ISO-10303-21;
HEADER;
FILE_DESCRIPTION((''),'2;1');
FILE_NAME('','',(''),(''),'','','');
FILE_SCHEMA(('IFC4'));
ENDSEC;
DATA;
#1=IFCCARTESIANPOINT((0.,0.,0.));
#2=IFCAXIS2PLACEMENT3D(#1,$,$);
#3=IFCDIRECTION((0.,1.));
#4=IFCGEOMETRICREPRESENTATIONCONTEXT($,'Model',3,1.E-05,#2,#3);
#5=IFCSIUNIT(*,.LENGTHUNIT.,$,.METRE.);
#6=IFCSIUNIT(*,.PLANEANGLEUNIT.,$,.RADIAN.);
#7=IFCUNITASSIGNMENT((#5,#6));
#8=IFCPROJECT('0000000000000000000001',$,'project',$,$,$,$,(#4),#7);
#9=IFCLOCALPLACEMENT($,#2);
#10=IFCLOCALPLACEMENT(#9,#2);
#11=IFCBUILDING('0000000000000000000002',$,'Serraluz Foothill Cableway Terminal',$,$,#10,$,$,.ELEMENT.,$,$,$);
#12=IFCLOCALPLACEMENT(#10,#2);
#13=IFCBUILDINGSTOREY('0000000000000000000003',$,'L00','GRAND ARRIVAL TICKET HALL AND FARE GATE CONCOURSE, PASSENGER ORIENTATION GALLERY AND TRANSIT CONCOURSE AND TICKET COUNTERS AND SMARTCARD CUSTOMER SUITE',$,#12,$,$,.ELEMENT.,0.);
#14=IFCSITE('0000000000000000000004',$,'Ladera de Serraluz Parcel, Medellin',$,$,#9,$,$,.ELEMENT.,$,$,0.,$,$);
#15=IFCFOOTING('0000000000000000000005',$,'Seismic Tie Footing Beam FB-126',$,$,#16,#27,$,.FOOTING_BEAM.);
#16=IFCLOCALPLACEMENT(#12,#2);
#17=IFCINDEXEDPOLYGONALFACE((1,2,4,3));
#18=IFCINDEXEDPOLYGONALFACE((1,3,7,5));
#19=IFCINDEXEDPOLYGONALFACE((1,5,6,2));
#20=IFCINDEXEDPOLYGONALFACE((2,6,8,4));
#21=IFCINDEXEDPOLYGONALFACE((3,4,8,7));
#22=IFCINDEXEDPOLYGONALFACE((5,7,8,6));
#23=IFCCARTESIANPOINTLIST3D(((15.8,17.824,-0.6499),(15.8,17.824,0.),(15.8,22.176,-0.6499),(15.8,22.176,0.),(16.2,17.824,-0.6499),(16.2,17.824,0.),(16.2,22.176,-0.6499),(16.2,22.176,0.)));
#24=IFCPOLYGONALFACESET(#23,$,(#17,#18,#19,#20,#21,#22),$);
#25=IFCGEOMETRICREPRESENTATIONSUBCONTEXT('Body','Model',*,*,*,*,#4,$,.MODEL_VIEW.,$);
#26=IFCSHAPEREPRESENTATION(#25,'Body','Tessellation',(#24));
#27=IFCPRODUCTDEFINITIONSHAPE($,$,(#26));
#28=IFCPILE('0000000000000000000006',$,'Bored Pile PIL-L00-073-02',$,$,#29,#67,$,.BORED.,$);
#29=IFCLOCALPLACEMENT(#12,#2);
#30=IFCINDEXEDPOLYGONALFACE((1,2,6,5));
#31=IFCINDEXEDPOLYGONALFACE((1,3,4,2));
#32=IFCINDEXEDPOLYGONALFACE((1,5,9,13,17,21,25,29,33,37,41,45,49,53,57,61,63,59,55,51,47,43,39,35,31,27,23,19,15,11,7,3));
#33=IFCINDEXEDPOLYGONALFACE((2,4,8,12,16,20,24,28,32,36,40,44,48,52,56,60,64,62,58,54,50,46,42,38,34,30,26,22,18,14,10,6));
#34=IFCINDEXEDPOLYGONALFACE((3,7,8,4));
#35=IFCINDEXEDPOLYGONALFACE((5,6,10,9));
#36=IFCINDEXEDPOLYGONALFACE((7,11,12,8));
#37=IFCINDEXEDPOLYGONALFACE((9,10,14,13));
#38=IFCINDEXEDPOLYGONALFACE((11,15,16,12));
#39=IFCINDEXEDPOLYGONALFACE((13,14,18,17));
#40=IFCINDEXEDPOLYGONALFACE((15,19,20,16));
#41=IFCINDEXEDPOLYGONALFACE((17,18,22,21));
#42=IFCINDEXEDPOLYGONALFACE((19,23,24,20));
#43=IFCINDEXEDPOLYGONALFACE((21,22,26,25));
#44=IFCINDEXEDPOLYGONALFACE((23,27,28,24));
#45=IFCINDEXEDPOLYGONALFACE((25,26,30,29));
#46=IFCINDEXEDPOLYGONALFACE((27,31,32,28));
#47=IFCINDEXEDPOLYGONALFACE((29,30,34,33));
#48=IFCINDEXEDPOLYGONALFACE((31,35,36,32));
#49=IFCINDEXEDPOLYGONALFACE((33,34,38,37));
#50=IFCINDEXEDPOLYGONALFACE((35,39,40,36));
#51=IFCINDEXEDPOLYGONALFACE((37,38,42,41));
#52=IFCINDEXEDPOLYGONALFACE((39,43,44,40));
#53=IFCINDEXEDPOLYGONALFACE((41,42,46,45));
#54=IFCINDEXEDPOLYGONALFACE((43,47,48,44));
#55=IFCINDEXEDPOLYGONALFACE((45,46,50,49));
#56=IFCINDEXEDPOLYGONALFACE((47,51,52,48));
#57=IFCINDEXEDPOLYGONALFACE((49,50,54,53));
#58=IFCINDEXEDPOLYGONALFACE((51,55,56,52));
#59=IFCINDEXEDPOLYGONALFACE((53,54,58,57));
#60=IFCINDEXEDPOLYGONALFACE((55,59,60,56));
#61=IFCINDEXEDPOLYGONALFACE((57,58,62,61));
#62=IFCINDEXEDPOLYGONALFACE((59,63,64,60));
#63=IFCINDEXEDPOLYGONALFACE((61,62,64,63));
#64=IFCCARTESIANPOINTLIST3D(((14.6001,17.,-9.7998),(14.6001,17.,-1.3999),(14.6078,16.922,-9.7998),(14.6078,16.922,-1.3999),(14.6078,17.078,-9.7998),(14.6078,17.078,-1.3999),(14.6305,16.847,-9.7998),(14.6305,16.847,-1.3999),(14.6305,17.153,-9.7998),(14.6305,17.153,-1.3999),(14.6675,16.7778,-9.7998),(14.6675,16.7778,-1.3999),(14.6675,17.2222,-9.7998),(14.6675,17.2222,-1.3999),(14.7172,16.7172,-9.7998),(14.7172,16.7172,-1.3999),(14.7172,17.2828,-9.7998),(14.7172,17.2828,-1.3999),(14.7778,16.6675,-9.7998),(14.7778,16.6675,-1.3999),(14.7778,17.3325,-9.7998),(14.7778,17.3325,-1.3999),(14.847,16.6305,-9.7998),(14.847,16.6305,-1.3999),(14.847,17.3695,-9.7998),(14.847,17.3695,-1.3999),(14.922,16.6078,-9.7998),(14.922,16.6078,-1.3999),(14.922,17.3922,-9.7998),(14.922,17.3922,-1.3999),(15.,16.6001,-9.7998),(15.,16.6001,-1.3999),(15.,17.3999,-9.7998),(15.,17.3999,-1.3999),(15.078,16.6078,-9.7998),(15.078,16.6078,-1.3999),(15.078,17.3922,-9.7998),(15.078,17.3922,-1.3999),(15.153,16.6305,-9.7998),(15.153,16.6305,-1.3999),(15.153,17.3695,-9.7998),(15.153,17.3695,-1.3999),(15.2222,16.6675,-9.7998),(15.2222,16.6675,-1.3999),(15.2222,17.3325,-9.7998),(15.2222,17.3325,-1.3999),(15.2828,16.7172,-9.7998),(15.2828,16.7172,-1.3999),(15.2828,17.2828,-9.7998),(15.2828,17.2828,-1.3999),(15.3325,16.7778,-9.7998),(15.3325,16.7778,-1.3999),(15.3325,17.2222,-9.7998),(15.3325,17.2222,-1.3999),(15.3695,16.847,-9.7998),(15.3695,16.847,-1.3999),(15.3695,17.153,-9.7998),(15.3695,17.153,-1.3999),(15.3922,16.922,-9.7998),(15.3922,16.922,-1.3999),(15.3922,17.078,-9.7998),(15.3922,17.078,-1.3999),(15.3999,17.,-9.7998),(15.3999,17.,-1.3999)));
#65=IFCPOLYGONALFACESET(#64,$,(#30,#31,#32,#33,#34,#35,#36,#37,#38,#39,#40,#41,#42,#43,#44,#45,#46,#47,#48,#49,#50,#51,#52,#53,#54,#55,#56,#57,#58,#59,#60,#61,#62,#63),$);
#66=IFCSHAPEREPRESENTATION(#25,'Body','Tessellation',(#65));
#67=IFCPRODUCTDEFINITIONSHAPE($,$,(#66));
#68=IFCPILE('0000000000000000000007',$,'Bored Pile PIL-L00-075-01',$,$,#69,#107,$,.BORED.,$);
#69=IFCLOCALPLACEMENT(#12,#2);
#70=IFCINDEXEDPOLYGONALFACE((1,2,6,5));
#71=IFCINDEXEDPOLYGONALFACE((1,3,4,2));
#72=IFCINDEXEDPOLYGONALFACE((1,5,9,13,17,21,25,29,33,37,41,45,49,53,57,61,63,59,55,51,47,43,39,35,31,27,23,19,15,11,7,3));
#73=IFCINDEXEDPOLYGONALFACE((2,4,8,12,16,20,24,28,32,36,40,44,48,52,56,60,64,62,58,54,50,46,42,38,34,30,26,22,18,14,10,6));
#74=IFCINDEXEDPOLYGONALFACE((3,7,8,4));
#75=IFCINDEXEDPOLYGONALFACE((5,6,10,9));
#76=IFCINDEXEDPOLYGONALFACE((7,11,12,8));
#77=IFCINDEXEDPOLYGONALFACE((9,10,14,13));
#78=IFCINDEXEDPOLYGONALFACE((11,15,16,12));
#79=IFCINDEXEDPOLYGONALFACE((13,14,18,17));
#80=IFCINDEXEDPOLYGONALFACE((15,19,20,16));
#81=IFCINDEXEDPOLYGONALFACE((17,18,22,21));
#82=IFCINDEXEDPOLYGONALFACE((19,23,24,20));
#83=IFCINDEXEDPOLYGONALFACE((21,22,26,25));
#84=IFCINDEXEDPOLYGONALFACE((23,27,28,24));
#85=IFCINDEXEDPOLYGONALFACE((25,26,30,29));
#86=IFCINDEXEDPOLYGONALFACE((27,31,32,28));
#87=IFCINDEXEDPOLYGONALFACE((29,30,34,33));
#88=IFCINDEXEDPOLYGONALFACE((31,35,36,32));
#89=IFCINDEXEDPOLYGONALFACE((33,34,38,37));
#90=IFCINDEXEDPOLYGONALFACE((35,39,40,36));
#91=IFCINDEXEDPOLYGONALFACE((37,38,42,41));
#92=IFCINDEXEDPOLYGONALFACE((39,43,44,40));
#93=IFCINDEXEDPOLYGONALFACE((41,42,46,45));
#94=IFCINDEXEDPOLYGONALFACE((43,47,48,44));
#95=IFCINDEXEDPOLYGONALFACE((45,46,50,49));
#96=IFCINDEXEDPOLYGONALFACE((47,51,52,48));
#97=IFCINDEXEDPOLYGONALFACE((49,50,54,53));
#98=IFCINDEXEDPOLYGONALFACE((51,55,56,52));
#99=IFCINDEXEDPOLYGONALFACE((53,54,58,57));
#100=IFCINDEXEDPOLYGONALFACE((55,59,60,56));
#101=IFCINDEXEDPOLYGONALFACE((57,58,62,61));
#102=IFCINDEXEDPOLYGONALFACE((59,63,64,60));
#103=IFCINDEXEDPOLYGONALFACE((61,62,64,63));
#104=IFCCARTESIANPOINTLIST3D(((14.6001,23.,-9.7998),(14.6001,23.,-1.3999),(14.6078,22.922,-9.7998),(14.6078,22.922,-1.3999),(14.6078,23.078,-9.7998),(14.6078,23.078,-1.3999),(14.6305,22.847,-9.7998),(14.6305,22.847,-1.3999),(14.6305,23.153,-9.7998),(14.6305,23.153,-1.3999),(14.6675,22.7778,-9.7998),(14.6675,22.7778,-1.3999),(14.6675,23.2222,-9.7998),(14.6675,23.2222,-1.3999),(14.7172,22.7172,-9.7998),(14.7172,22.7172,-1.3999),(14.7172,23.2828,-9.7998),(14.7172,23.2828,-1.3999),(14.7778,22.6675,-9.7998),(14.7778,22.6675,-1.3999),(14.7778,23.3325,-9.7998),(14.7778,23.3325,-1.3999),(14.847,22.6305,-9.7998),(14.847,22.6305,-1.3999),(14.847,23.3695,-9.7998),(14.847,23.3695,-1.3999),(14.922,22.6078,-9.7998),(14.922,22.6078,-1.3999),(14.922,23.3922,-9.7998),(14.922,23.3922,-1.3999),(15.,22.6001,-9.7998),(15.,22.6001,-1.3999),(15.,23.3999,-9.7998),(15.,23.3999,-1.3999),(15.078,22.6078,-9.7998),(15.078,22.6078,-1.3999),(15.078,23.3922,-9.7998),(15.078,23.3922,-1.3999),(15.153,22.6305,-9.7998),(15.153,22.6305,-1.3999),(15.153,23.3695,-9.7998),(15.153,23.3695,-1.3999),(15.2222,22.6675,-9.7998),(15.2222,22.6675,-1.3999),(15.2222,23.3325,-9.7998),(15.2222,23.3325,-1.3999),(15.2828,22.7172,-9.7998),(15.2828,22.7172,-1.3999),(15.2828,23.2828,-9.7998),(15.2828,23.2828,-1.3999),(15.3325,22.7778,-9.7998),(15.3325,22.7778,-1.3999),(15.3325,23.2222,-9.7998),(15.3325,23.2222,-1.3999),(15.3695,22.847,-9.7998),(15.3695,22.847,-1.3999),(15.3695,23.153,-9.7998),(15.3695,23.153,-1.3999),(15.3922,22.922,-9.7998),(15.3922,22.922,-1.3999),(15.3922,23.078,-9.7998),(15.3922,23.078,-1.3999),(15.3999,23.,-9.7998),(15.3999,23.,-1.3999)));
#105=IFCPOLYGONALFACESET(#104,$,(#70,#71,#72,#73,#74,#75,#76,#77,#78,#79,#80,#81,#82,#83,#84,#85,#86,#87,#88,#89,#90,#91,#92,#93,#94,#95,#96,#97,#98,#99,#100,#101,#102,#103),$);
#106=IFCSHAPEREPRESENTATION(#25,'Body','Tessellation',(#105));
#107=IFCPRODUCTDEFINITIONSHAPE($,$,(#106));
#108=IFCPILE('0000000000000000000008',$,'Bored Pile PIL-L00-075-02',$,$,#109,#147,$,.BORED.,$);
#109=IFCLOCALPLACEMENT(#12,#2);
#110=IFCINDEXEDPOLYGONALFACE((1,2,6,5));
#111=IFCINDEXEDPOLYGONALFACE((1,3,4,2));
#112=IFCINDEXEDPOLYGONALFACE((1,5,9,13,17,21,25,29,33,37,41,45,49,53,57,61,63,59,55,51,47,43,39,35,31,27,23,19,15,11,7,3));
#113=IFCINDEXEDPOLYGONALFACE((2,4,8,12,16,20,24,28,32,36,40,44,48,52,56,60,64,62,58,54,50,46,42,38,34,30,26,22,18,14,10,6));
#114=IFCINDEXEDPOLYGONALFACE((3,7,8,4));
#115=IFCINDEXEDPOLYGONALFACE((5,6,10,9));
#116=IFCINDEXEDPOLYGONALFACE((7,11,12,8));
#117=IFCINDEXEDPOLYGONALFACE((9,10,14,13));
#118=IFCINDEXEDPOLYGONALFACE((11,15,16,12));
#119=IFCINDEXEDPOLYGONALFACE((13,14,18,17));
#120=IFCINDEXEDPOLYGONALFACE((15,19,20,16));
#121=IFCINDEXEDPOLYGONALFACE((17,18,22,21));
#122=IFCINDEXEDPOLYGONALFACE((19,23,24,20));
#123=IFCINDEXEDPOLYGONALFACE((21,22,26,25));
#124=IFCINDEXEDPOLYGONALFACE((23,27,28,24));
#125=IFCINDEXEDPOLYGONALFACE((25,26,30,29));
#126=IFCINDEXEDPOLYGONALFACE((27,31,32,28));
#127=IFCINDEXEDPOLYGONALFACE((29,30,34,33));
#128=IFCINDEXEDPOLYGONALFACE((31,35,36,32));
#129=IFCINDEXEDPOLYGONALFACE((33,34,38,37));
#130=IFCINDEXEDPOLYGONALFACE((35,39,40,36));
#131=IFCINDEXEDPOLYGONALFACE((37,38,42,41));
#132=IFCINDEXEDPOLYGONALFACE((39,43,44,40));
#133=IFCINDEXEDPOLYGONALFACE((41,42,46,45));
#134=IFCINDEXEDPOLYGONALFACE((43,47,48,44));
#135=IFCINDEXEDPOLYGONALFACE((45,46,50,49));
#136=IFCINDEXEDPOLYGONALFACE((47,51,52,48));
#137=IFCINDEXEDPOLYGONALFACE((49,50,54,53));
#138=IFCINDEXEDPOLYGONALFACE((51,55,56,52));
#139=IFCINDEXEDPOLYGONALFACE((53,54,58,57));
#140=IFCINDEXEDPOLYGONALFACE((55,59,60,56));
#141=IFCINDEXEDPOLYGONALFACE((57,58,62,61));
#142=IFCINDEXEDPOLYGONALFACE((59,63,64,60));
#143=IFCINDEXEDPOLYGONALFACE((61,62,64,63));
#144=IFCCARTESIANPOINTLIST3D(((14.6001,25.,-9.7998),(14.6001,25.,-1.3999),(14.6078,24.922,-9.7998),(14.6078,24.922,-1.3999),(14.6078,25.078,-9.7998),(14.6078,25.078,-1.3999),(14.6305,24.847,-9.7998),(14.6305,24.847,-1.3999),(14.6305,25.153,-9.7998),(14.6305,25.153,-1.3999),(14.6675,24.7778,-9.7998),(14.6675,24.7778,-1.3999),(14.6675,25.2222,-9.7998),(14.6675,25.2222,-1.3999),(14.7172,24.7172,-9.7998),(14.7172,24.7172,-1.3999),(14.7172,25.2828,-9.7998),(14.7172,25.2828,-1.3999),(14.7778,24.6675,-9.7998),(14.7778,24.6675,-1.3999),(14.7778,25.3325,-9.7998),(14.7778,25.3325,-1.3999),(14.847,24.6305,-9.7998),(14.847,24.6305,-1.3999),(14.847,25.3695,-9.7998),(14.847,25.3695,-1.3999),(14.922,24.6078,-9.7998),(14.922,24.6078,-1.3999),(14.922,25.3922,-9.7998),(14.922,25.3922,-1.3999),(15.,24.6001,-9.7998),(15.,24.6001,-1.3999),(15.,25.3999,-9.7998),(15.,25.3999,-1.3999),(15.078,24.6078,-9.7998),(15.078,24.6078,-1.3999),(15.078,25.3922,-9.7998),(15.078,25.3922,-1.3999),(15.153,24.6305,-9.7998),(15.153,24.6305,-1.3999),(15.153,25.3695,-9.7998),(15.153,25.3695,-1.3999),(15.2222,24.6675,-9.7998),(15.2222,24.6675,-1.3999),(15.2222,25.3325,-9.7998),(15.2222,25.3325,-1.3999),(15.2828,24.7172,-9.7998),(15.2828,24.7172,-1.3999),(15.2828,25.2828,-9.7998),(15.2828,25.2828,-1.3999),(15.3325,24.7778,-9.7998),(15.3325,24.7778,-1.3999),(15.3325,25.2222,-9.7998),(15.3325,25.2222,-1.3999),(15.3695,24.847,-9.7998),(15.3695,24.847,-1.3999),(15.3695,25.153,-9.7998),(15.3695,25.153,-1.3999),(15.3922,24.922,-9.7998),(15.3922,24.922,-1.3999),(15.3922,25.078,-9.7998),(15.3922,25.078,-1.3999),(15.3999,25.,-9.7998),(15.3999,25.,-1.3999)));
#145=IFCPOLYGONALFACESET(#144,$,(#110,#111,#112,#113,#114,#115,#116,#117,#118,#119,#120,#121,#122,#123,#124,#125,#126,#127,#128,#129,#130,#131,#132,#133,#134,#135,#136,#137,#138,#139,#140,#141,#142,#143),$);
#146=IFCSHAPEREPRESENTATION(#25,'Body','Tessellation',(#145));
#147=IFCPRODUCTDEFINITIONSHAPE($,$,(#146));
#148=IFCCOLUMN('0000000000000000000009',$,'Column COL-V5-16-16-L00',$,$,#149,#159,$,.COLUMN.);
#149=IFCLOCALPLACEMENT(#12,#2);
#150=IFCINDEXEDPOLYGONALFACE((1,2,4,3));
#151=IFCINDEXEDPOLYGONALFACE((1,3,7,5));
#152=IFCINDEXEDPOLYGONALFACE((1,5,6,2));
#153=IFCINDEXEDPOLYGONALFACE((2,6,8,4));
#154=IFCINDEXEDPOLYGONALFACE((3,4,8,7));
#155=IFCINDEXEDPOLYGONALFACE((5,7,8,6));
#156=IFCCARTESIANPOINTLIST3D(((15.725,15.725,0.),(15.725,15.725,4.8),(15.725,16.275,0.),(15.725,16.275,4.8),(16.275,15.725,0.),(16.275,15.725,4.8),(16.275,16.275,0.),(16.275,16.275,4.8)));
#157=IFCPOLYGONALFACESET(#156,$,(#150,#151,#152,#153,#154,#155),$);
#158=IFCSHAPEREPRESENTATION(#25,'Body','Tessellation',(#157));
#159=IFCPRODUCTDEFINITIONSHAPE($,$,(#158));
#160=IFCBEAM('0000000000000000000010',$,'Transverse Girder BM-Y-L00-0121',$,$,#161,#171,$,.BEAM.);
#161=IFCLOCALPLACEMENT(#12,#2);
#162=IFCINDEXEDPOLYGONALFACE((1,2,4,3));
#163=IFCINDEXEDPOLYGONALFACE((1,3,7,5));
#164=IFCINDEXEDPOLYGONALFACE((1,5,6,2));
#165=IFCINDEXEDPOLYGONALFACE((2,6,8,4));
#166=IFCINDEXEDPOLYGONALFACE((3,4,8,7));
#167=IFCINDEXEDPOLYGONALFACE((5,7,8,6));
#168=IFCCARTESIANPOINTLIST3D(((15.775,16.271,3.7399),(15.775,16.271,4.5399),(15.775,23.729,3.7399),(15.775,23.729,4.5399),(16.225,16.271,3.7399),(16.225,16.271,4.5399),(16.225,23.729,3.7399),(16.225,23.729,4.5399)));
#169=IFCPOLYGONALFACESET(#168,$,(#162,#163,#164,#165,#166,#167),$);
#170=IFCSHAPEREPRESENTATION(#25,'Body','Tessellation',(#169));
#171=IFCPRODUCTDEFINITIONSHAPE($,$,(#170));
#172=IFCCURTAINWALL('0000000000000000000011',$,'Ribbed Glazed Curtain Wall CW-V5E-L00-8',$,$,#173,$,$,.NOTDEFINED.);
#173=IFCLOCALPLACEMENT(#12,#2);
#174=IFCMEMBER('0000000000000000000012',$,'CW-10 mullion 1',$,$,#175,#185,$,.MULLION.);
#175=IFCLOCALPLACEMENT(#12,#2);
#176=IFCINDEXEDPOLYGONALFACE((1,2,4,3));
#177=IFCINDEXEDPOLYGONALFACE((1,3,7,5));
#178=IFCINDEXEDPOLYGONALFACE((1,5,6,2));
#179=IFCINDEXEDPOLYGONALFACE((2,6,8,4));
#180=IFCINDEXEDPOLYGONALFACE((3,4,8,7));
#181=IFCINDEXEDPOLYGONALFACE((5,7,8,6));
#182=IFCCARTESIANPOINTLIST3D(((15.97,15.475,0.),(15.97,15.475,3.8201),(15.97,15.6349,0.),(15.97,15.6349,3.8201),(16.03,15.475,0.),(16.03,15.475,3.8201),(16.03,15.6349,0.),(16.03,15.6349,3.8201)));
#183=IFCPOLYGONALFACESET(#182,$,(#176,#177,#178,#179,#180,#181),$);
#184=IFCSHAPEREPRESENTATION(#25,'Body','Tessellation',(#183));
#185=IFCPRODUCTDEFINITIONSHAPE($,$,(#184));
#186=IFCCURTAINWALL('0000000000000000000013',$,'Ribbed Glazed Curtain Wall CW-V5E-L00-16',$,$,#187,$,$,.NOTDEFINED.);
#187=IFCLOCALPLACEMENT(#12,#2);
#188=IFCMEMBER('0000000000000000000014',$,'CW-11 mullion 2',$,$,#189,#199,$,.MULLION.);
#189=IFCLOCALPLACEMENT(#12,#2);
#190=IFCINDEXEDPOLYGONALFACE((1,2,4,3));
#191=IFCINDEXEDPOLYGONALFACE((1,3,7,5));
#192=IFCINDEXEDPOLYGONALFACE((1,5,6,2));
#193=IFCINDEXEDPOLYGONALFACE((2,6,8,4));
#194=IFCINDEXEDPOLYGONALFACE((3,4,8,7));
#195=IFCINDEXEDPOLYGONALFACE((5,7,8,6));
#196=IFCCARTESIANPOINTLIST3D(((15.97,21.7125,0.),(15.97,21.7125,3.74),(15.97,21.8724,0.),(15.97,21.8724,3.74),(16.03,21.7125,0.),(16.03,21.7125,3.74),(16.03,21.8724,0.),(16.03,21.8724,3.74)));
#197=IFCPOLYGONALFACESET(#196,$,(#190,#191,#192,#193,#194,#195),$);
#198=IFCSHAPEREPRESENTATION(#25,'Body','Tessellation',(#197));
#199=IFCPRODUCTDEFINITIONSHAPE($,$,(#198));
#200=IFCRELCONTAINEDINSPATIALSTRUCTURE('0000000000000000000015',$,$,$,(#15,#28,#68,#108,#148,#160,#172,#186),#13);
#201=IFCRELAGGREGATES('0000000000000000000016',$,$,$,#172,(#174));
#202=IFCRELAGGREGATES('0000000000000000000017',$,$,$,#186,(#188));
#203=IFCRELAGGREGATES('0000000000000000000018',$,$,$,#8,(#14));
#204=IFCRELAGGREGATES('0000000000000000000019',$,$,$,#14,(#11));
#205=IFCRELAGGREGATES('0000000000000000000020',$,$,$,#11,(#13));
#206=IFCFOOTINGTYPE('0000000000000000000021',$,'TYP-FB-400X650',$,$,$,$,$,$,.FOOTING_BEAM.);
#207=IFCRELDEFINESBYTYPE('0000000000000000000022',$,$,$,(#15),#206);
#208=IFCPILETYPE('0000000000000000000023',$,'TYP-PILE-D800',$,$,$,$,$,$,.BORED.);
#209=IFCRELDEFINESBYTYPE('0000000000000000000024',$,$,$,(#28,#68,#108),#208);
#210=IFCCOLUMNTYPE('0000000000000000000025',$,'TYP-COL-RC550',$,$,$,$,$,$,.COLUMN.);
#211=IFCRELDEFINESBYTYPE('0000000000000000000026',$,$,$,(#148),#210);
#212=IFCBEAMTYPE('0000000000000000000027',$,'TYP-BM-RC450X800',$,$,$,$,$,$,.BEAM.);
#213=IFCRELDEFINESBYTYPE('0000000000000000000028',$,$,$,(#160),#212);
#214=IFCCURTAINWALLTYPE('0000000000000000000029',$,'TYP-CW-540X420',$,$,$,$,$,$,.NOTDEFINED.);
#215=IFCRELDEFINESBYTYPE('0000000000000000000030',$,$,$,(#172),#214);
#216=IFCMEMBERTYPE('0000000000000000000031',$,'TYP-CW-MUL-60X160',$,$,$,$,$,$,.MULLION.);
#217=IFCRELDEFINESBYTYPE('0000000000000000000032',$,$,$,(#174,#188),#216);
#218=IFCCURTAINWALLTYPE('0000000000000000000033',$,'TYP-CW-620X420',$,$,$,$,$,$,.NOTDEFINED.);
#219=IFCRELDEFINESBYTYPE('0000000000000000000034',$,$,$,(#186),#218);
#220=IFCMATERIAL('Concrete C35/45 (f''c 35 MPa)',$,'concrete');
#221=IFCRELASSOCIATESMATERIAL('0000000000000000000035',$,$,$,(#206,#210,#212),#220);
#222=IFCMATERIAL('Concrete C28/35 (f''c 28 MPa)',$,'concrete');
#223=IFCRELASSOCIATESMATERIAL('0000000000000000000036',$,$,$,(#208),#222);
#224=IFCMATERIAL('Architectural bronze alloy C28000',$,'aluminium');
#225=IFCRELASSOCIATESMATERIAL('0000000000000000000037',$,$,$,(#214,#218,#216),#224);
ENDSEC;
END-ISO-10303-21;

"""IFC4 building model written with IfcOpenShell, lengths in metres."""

from ifc_helpers import new_model, si_unit, direction, frame, origin, origin_2d, place, context, subcontext, project, spatial, rectangle, circle, extrude, material, material_profile, profile_set, type_object, element, aggregate, save


model = new_model("IFC4")

# Units and contexts
model_context = context("Model", 3, precision=1e-05, world=origin(), true_north=direction((0.0, 1.0)))
body_context = subcontext(model_context, "Body", "Model", "MODEL_VIEW")
ifc_project = project(units=[si_unit("LENGTHUNIT", "METRE"), si_unit("PLANEANGLEUNIT", "RADIAN")], contexts=[model_context])

# Site, building, storey
site_placement = place(None, origin())
site = spatial("IfcSite", under=ifc_project, at=site_placement, Name="Ladera de Serraluz Parcel, Medellin", CompositionType="ELEMENT", RefElevation=0.0)
building_placement = place(site_placement, origin())
building = spatial("IfcBuilding", under=site, at=building_placement, Name="Serraluz Foothill Cableway Terminal", CompositionType="ELEMENT")
storey_placement = place(building_placement, origin())
storey = spatial("IfcBuildingStorey", under=building, at=storey_placement, Name="L00", Description="GRAND ARRIVAL TICKET HALL AND FARE GATE CONCOURSE, PASSENGER ORIENTATION GALLERY AND TRANSIT CONCOURSE AND TICKET COUNTERS AND SMARTCARD CUSTOMER SUITE", CompositionType="ELEMENT", Elevation=0.0)

# Footing
ifc_material_1 = material(Name="Concrete C35/45 (f'c 35 MPa)", Category="concrete")
ifc_material_profile_1 = material_profile(ifc_material_1, rectangle(XDim=0.3999, YDim=0.6499, at=origin_2d()), Name="RC 400x650")
ifc_profile_set_1 = profile_set([ifc_material_profile_1], Name="Concrete C35/45 (f'c 35 MPa)")
footing_type = type_object("IfcFootingType", Name="TYP-FB-400X650", PredefinedType="FOOTING_BEAM", material=ifc_profile_set_1)
footing_placement = place(storey_placement, frame((16.0, 17.824, -0.325), z_axis=(0.0, 1.0, 0.0), x_axis=(-1.0, 0.0, 0.0)))
element("IfcFooting", 1, at=footing_placement, inside=storey, type_object=footing_type, Name="Seismic Tie Footing Beam FB-126", PredefinedType="FOOTING_BEAM", context=body_context, shape_type="SweptSolid", body=[
    extrude(rectangle(XDim=0.3999, YDim=0.6499, at=origin_2d()), origin(), (0.0, 0.0, 1.0), 4.3521),
])

# Piles
ifc_material_2 = material(Name="Concrete C28/35 (f'c 28 MPa)", Category="concrete")
ifc_material_profile_2 = material_profile(ifc_material_2, circle(Radius=0.3999, at=origin_2d()), Name="BORED PILE D800")
ifc_profile_set_2 = profile_set([ifc_material_profile_2], Name="Concrete C28/35 (f'c 28 MPa)")
pile_type = type_object("IfcPileType", Name="TYP-PILE-D800", PredefinedType="BORED", material=ifc_profile_set_2)
for number, where, z_axis, x_axis, name in (
    (2, (15.0, 17.0, -1.3999), (0.0, 0.0, -1.0), (1.0, 0.0, 0.0), "Bored Pile PIL-L00-073-02"),
    (3, (15.0, 23.0, -1.3999), (0.0, 0.0, -1.0), (1.0, 0.0, 0.0), "Bored Pile PIL-L00-075-01"),
    (4, (15.0, 25.0, -1.3999), (0.0, 0.0, -1.0), (1.0, 0.0, 0.0), "Bored Pile PIL-L00-075-02"),
):
    element("IfcPile", number, at=place(storey_placement, frame(where, z_axis=z_axis, x_axis=x_axis)), inside=storey, type_object=pile_type, Name=name, PredefinedType="BORED", context=body_context, shape_type="SweptSolid", body=[
        extrude(circle(Radius=0.3999, at=origin_2d()), origin(), (0.0, 0.0, 1.0), 8.3999),
    ])

# Column
ifc_material_profile_3 = material_profile(ifc_material_1, rectangle(XDim=0.55, YDim=0.55, at=origin_2d()), Name="RC 550x550")
ifc_profile_set_3 = profile_set([ifc_material_profile_3], Name="Concrete C35/45 (f'c 35 MPa)")
column_type = type_object("IfcColumnType", Name="TYP-COL-RC550", PredefinedType="COLUMN", material=ifc_profile_set_3)
column_placement = place(storey_placement, frame((16.0, 16.0, 0.0), z_axis=(0.0, 0.0, 1.0), x_axis=(1.0, 0.0, 0.0)))
element("IfcColumn", 5, at=column_placement, inside=storey, type_object=column_type, Name="Column COL-V5-16-16-L00", PredefinedType="COLUMN", context=body_context, shape_type="SweptSolid", body=[
    extrude(rectangle(XDim=0.55, YDim=0.55, at=origin_2d()), origin(), (0.0, 0.0, 1.0), 4.8),
])

# Beam
ifc_material_profile_4 = material_profile(ifc_material_1, rectangle(XDim=0.45, YDim=0.8, at=origin_2d()), Name="RC 450x800")
ifc_profile_set_4 = profile_set([ifc_material_profile_4], Name="Concrete C35/45 (f'c 35 MPa)")
beam_type = type_object("IfcBeamType", Name="TYP-BM-RC450X800", PredefinedType="BEAM", material=ifc_profile_set_4)
beam_placement = place(storey_placement, frame((16.0, 16.271, 4.1399), z_axis=(0.0, 1.0, 0.0), x_axis=(-1.0, 0.0, 0.0)))
element("IfcBeam", 6, at=beam_placement, inside=storey, type_object=beam_type, Name="Transverse Girder BM-Y-L00-0121", PredefinedType="BEAM", context=body_context, shape_type="SweptSolid", body=[
    extrude(rectangle(XDim=0.45, YDim=0.8, at=origin_2d()), origin(), (0.0, 0.0, 1.0), 7.458),
])

# Curtain wall, member
ifc_material_3 = material(Name="Architectural bronze alloy C28000", Category="aluminium")
curtain_wall_type_1 = type_object("IfcCurtainWallType", Name="TYP-CW-540X420", PredefinedType="NOTDEFINED", material=ifc_material_3)
curtain_wall_1_placement = place(storey_placement, origin())
curtain_wall_1 = element("IfcCurtainWall", 7, at=curtain_wall_1_placement, inside=storey, type_object=curtain_wall_type_1, Name="Ribbed Glazed Curtain Wall CW-V5E-L00-8", PredefinedType="NOTDEFINED")
ifc_material_profile_5 = material_profile(ifc_material_3, rectangle(XDim=0.0601, YDim=0.1599, at=origin_2d()), Name="ALU MULLION 60x160")
ifc_profile_set_5 = profile_set([ifc_material_profile_5], Name="Architectural bronze alloy C28000")
member_type_1 = type_object("IfcMemberType", Name="TYP-CW-MUL-60X160", PredefinedType="MULLION", material=ifc_profile_set_5)
member_1_placement = place(storey_placement, frame((16.0, 15.5549, 0.0), z_axis=(0.0, 0.0, 1.0), x_axis=(1.0, 0.0, 0.0)))
member_1 = element("IfcMember", 8, at=member_1_placement, type_object=member_type_1, Name="CW-10 mullion 1", PredefinedType="MULLION", context=body_context, shape_type="SweptSolid", body=[
    extrude(rectangle(XDim=0.0601, YDim=0.1599, at=origin_2d()), origin(), (0.0, 0.0, 1.0), 3.8201),
])

# Curtain wall, member
curtain_wall_type_2 = type_object("IfcCurtainWallType", Name="TYP-CW-620X420", PredefinedType="NOTDEFINED", material=ifc_material_3)
curtain_wall_2_placement = place(storey_placement, origin())
curtain_wall_2 = element("IfcCurtainWall", 9, at=curtain_wall_2_placement, inside=storey, type_object=curtain_wall_type_2, Name="Ribbed Glazed Curtain Wall CW-V5E-L00-16", PredefinedType="NOTDEFINED")
member_2_placement = place(storey_placement, frame((16.0, 21.7925, 0.0), z_axis=(0.0, 0.0, 1.0), x_axis=(1.0, 0.0, 0.0)))
member_2 = element("IfcMember", 10, at=member_2_placement, type_object=member_type_1, Name="CW-11 mullion 2", PredefinedType="MULLION", context=body_context, shape_type="SweptSolid", body=[
    extrude(rectangle(XDim=0.0601, YDim=0.1599, at=origin_2d()), origin(), (0.0, 0.0, 1.0), 3.74),
])

aggregate(curtain_wall_1, [member_1])

aggregate(curtain_wall_2, [member_2])

save(model, "model.ifc")
